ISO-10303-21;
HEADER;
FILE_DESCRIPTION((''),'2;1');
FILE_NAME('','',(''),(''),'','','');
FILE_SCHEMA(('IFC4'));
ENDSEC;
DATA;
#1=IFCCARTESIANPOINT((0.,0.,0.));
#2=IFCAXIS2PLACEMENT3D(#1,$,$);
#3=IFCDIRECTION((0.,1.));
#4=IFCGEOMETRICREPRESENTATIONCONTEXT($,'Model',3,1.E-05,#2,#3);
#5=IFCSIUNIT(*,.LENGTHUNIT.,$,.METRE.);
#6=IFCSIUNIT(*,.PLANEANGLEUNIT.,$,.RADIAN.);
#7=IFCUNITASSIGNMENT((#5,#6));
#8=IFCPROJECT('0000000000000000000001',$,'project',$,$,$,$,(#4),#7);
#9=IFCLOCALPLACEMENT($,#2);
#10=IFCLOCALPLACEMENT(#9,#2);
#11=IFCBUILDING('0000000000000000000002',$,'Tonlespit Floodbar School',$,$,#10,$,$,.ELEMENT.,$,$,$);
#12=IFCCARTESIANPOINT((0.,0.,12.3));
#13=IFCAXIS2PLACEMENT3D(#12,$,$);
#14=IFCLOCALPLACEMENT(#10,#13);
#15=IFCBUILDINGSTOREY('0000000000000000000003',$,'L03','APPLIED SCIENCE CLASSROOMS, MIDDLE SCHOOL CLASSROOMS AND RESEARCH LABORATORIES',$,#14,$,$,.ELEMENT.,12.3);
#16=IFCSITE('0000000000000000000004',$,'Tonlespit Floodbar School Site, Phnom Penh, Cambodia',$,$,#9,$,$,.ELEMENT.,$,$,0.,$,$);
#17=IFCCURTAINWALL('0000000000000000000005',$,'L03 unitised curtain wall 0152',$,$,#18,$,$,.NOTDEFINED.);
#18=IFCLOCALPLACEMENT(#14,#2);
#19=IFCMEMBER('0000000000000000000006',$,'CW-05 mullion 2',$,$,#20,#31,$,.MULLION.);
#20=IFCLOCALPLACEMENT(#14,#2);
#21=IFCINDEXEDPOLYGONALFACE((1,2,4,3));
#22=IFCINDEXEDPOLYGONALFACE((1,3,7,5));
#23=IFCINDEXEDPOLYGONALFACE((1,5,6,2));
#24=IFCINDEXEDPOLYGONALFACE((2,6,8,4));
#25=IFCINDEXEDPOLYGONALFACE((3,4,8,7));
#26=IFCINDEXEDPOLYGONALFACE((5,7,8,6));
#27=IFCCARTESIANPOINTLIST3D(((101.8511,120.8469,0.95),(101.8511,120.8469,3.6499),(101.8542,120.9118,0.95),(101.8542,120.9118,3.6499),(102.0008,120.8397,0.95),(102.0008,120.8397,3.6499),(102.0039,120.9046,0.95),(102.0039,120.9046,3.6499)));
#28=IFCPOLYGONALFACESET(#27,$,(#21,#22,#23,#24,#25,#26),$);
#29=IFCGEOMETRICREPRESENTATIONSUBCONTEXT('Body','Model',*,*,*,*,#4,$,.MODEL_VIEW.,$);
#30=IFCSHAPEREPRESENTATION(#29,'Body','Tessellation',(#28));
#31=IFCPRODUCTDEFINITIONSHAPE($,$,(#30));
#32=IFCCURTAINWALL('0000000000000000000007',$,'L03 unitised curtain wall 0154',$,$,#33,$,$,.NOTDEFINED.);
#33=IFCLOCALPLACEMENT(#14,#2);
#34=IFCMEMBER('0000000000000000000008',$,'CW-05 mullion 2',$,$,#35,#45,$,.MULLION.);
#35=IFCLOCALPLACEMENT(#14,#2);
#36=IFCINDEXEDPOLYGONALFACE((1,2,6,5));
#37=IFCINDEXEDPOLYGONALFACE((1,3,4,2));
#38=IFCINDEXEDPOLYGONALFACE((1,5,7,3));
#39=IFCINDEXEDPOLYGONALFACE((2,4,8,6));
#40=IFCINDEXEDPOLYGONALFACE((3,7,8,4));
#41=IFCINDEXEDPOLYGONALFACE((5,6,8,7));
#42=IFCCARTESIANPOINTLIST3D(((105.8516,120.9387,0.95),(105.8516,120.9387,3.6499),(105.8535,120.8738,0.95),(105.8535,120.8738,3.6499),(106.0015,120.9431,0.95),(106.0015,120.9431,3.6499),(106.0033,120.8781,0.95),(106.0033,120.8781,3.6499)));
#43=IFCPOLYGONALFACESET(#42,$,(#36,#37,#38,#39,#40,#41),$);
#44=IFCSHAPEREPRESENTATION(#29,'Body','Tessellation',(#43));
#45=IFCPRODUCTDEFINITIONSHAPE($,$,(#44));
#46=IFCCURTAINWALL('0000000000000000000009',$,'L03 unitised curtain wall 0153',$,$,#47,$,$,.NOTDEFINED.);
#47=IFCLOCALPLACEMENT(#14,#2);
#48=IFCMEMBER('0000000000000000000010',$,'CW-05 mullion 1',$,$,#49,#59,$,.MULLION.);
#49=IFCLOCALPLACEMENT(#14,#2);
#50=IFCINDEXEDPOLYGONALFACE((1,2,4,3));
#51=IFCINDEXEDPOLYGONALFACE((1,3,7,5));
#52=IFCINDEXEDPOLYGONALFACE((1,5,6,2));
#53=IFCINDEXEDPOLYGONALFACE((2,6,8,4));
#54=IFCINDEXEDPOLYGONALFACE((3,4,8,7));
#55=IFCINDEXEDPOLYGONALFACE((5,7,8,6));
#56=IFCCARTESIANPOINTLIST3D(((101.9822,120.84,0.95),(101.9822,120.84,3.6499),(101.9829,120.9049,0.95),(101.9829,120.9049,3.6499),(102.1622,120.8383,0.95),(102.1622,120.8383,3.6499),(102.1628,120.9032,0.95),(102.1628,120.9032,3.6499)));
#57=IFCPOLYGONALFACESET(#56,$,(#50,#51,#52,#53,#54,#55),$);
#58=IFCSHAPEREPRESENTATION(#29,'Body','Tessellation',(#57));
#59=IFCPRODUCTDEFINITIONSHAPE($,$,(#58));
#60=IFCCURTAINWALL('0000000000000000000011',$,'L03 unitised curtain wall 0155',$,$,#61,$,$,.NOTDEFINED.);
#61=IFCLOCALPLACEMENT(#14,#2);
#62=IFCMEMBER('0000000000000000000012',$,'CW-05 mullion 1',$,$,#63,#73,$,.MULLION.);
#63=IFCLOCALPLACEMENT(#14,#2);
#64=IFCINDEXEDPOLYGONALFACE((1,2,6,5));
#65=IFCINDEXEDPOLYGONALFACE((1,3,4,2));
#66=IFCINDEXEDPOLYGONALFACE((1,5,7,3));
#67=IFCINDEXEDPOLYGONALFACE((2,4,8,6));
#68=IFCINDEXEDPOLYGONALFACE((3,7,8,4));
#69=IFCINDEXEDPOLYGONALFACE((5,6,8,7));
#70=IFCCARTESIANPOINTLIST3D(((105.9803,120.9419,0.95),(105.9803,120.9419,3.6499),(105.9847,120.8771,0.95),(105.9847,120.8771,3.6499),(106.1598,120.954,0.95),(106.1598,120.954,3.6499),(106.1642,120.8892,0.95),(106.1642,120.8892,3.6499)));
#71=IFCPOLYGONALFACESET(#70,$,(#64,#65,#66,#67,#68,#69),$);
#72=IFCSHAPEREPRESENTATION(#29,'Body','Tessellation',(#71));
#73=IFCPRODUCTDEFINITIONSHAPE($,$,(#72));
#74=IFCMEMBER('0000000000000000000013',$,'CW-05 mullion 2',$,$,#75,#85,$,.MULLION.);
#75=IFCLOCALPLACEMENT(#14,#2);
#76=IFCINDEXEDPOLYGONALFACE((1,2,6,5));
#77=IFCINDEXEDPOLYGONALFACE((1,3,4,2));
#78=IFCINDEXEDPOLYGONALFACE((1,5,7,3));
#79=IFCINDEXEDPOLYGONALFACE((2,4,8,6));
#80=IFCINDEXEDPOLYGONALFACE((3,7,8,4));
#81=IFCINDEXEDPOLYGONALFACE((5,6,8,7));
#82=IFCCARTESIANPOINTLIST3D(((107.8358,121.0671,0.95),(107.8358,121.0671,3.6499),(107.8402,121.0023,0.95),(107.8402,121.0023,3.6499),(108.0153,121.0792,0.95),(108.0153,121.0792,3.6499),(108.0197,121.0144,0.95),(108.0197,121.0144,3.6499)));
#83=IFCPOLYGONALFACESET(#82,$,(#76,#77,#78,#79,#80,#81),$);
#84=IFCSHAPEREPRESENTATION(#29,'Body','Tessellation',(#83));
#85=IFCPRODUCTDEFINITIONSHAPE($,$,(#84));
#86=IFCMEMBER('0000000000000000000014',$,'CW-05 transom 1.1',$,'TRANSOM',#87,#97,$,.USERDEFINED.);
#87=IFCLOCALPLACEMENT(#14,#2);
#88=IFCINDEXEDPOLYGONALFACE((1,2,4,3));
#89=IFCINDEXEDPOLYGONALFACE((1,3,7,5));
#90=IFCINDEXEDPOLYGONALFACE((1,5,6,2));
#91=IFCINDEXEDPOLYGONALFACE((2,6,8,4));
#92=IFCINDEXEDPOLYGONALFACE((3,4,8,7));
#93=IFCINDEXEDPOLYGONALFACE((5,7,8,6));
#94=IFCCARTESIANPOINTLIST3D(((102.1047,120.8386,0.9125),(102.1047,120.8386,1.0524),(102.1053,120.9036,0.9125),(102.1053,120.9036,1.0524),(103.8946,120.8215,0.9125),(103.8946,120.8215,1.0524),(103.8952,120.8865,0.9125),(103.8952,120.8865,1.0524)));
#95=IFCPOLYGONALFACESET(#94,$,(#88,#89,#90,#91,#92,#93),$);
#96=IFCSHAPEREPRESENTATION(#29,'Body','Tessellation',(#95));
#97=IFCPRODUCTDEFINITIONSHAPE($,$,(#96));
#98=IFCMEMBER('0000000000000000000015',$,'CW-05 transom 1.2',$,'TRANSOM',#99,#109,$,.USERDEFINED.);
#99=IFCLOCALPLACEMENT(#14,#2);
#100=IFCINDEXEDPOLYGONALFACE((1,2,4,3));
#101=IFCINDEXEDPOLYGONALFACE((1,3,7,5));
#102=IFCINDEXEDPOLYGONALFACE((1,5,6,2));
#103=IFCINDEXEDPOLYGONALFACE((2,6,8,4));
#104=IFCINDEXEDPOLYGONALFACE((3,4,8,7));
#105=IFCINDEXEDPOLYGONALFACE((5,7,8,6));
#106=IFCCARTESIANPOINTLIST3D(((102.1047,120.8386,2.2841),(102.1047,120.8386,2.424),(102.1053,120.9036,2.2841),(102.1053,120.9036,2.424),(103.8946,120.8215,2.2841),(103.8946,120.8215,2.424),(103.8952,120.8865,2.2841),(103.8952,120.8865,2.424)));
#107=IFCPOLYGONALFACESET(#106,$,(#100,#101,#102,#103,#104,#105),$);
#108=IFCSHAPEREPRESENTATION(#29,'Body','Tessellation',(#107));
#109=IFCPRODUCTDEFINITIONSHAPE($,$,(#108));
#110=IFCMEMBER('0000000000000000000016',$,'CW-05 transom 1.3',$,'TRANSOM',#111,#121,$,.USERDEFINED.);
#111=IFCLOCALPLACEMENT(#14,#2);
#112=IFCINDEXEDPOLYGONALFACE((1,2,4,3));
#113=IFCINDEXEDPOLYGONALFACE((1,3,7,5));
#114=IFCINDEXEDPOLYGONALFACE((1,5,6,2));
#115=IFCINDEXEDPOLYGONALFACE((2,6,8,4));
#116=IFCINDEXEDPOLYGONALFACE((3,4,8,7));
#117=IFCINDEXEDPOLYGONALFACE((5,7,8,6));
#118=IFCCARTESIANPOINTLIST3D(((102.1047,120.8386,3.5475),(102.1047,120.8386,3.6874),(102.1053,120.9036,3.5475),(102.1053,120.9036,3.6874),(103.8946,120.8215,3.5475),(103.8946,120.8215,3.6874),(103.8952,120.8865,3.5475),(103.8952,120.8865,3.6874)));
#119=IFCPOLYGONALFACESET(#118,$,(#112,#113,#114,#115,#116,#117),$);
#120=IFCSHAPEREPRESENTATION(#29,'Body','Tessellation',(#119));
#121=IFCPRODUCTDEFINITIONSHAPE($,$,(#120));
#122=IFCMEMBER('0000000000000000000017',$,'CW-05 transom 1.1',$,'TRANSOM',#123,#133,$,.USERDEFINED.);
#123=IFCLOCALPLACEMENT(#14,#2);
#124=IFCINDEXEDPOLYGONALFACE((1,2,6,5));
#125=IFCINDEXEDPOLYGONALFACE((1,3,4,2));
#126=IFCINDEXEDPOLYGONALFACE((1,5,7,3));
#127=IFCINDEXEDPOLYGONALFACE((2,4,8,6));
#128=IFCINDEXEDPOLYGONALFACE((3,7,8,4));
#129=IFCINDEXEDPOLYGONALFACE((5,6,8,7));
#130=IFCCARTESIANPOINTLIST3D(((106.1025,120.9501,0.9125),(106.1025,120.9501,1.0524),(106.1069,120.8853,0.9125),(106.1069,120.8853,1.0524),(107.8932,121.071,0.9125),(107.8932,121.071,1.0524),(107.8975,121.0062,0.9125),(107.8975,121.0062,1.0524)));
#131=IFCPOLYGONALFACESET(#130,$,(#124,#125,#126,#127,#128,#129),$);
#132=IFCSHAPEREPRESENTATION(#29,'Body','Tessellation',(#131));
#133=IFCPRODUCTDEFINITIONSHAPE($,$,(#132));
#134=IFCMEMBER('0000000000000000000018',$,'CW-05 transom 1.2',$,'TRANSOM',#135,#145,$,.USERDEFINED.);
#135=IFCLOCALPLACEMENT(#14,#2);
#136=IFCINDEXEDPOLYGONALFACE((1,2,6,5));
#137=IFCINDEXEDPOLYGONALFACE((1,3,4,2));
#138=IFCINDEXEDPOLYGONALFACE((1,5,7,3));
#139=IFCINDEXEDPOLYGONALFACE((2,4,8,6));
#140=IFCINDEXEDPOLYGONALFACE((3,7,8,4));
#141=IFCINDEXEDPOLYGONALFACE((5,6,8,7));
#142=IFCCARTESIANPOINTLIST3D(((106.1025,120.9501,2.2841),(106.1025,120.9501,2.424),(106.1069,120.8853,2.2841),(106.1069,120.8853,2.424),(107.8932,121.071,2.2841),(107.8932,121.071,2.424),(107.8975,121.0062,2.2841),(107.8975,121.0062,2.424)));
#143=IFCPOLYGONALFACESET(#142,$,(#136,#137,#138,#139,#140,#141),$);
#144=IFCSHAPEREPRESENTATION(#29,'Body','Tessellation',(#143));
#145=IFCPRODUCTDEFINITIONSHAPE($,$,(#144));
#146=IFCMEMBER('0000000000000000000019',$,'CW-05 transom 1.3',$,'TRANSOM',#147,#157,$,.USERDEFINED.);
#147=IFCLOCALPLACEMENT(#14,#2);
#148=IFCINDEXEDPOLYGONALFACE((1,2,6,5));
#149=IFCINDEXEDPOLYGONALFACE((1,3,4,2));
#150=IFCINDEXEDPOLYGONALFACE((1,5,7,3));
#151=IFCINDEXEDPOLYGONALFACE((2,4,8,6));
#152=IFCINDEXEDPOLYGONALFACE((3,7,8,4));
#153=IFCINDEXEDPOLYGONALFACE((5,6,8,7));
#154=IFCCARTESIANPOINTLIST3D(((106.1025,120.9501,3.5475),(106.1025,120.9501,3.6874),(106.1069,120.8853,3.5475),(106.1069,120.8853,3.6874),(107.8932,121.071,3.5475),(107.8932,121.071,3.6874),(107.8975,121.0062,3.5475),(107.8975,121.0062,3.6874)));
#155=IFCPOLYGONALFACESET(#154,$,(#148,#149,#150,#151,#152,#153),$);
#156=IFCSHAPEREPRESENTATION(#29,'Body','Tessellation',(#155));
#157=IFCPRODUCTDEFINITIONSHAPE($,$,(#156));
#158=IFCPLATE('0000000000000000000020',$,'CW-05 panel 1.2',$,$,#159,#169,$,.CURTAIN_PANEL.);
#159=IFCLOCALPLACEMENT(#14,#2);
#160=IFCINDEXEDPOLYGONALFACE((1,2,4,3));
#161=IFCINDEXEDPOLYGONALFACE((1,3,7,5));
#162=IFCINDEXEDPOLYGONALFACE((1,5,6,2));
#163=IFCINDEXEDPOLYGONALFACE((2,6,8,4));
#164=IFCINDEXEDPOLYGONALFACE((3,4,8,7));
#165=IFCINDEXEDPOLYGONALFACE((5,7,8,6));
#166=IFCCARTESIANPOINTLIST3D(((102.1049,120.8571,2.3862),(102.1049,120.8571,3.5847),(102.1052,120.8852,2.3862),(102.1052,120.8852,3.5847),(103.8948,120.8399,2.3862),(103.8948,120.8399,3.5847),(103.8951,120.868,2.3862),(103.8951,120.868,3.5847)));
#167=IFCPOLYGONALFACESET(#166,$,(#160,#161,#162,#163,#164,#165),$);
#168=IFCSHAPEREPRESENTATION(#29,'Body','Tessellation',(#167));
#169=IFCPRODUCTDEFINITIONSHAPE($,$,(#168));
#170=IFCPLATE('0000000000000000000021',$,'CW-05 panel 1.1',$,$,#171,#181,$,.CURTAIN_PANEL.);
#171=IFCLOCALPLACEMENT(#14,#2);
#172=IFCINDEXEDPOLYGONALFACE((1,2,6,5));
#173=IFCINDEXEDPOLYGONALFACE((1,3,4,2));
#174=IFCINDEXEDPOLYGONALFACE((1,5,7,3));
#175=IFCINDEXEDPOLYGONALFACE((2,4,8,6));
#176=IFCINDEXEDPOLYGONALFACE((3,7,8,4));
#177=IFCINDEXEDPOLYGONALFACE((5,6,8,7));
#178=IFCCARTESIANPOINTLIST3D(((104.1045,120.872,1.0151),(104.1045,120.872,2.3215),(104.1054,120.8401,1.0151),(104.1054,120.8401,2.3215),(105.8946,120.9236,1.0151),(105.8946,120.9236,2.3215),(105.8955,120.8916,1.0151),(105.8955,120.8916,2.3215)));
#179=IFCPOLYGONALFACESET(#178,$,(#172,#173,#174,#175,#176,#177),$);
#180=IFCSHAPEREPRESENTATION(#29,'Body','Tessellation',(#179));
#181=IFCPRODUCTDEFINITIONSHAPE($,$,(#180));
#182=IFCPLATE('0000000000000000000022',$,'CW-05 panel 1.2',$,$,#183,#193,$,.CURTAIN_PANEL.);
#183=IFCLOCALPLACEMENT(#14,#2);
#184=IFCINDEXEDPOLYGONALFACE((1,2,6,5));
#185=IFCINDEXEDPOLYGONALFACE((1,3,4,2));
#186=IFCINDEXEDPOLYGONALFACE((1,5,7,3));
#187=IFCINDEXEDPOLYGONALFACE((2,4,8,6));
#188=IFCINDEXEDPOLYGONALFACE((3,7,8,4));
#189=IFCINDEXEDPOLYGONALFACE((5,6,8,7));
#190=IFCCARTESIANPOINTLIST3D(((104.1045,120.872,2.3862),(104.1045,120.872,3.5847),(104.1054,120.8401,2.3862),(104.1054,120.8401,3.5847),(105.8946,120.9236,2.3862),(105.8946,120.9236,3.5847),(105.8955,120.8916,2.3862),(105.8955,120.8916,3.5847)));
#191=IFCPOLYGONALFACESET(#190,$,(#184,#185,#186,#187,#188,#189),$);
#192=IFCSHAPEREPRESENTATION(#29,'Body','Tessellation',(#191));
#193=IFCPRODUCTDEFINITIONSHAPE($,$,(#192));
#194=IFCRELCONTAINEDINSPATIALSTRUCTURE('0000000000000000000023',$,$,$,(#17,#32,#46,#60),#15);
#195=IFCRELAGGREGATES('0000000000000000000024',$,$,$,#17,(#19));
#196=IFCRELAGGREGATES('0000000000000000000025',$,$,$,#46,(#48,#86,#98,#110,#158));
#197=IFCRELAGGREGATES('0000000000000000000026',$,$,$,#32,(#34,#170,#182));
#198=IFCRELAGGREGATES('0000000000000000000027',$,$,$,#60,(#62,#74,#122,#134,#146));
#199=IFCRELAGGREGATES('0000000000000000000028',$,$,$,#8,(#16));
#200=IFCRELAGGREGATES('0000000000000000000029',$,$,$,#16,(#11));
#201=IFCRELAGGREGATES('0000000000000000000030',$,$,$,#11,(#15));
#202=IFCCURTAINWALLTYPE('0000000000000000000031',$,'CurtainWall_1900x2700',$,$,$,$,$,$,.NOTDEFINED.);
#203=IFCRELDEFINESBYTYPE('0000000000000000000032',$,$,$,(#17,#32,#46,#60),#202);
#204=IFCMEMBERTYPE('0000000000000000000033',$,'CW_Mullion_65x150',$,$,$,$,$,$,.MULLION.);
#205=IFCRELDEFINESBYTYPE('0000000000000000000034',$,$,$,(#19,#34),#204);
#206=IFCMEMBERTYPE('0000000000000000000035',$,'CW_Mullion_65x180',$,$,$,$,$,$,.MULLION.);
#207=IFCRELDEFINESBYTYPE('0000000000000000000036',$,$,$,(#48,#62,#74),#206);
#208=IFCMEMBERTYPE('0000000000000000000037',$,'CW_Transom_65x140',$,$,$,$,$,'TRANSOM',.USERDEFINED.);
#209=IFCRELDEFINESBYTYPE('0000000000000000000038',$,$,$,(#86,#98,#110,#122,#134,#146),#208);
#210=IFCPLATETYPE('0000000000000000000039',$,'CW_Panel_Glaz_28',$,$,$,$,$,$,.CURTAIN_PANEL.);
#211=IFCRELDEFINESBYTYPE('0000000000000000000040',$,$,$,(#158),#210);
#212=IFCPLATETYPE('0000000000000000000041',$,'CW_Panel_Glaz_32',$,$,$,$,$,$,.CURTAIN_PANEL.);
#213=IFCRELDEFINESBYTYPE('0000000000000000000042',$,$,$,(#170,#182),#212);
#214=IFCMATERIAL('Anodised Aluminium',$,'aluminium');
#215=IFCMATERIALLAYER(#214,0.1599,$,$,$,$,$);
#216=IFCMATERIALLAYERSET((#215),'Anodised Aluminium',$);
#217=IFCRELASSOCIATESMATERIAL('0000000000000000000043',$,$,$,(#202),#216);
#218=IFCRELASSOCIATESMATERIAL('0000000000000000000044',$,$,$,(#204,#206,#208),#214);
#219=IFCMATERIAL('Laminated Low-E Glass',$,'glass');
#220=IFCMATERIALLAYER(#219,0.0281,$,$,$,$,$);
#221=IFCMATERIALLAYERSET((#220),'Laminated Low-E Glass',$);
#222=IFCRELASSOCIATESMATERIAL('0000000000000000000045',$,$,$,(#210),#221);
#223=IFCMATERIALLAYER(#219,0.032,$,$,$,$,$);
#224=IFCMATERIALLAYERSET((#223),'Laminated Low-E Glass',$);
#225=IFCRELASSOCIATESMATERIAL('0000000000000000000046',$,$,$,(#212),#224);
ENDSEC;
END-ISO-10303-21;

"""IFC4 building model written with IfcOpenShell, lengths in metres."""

from ifc_helpers import new_model, si_unit, direction, frame, origin, origin_2d, place, context, subcontext, project, spatial, rectangle, extrude, material, layer, layer_set, material_profile, profile_set, type_object, element, aggregate, save


model = new_model("IFC4")

# Units and contexts
model_context = context("Model", 3, precision=1e-05, world=origin(), true_north=direction((0.0, 1.0)))
body_context = subcontext(model_context, "Body", "Model", "MODEL_VIEW")
ifc_project = project(units=[si_unit("LENGTHUNIT", "METRE"), si_unit("PLANEANGLEUNIT", "RADIAN")], contexts=[model_context])

# Site, building, storey
site_placement = place(None, origin())
site = spatial("IfcSite", under=ifc_project, at=site_placement, Name="Tonlespit Floodbar School Site, Phnom Penh, Cambodia", CompositionType="ELEMENT", RefElevation=0.0)
building_placement = place(site_placement, origin())
building = spatial("IfcBuilding", under=site, at=building_placement, Name="Tonlespit Floodbar School", CompositionType="ELEMENT")
storey_placement = place(building_placement, frame((0.0, 0.0, 12.3)))
storey = spatial("IfcBuildingStorey", under=building, at=storey_placement, Name="L03", Description="APPLIED SCIENCE CLASSROOMS, MIDDLE SCHOOL CLASSROOMS AND RESEARCH LABORATORIES", CompositionType="ELEMENT", Elevation=12.3)

# Curtain walls, members
ifc_material_1 = material(Name="Anodised Aluminium", Category="aluminium")
ifc_layer_1 = layer(ifc_material_1, 0.1599)
ifc_layer_set_1 = layer_set([ifc_layer_1], Name="Anodised Aluminium")
curtain_wall_type = type_object("IfcCurtainWallType", Name="CurtainWall_1900x2700", PredefinedType="NOTDEFINED", material=ifc_layer_set_1)
curtain_wall_1_placement = place(storey_placement, origin())
curtain_wall_1 = element("IfcCurtainWall", 1, at=curtain_wall_1_placement, inside=storey, type_object=curtain_wall_type, Name="L03 unitised curtain wall 0152", PredefinedType="NOTDEFINED")
ifc_material_profile_1 = material_profile(ifc_material_1, rectangle(XDim=0.0649, YDim=0.1499, at=origin_2d()), Name="ALU M65x150")
ifc_profile_set_1 = profile_set([ifc_material_profile_1], Name="Anodised Aluminium")
member_type_1 = type_object("IfcMemberType", Name="CW_Mullion_65x150", PredefinedType="MULLION", material=ifc_profile_set_1)
member_1_placement = place(storey_placement, frame((101.9275, 120.8757, 0.95), z_axis=(0.0, 0.0, 1.0), x_axis=(0.048121, 0.998842, 0.0)))
member_1 = element("IfcMember", 2, at=member_1_placement, type_object=member_type_1, Name="CW-05 mullion 2", PredefinedType="MULLION", context=body_context, shape_type="SweptSolid", body=[
    extrude(rectangle(XDim=0.0649, YDim=0.1499, at=origin_2d()), origin(), (0.0, 0.0, 1.0), 2.7),
])
aggregate(curtain_wall_1, [member_1])
curtain_wall_2_placement = place(storey_placement, origin())
curtain_wall_2 = element("IfcCurtainWall", 3, at=curtain_wall_2_placement, inside=storey, type_object=curtain_wall_type, Name="L03 unitised curtain wall 0154", PredefinedType="NOTDEFINED")
member_2_placement = place(storey_placement, frame((105.9275, 120.9084, 0.95), z_axis=(0.0, 0.0, 1.0), x_axis=(-0.02879, 0.999585, 0.0)))
member_2 = element("IfcMember", 4, at=member_2_placement, type_object=member_type_1, Name="CW-05 mullion 2", PredefinedType="MULLION", context=body_context, shape_type="SweptSolid", body=[
    extrude(rectangle(XDim=0.0649, YDim=0.1499, at=origin_2d()), origin(), (0.0, 0.0, 1.0), 2.7),
])
curtain_wall_3_placement = place(storey_placement, origin())
curtain_wall_3 = element("IfcCurtainWall", 5, at=curtain_wall_3_placement, inside=storey, type_object=curtain_wall_type, Name="L03 unitised curtain wall 0153", PredefinedType="NOTDEFINED")
ifc_material_profile_2 = material_profile(ifc_material_1, rectangle(XDim=0.0649, YDim=0.1799, at=origin_2d()), Name="ALU M65x180")
ifc_profile_set_2 = profile_set([ifc_material_profile_2], Name="Anodised Aluminium")
member_type_2 = type_object("IfcMemberType", Name="CW_Mullion_65x180", PredefinedType="MULLION", material=ifc_profile_set_2)
member_3_placement = place(storey_placement, frame((102.0725, 120.8716, 0.95), z_axis=(0.0, 0.0, 1.0), x_axis=(0.009583, 0.999954, 0.0)))
member_3 = element("IfcMember", 6, at=member_3_placement, type_object=member_type_2, Name="CW-05 mullion 1", PredefinedType="MULLION", context=body_context, shape_type="SweptSolid", body=[
    extrude(rectangle(XDim=0.0649, YDim=0.1799, at=origin_2d()), origin(), (0.0, 0.0, 1.0), 2.7),
])

# Curtain wall, members
curtain_wall_4_placement = place(storey_placement, origin())
curtain_wall_4 = element("IfcCurtainWall", 7, at=curtain_wall_4_placement, inside=storey, type_object=curtain_wall_type, Name="L03 unitised curtain wall 0155", PredefinedType="NOTDEFINED")
member_4_placement = place(storey_placement, frame((106.0723, 120.9155, 0.95), z_axis=(0.0, 0.0, 1.0), x_axis=(-0.06734, 0.99773, 0.0)))
member_4 = element("IfcMember", 8, at=member_4_placement, type_object=member_type_2, Name="CW-05 mullion 1", PredefinedType="MULLION", context=body_context, shape_type="SweptSolid", body=[
    extrude(rectangle(XDim=0.0649, YDim=0.1799, at=origin_2d()), origin(), (0.0, 0.0, 1.0), 2.7),
])
member_5_placement = place(storey_placement, frame((107.9277, 121.0408, 0.95), z_axis=(0.0, 0.0, 1.0), x_axis=(-0.06734, 0.99773, 0.0)))
member_5 = element("IfcMember", 9, at=member_5_placement, type_object=member_type_2, Name="CW-05 mullion 2", PredefinedType="MULLION", context=body_context, shape_type="SweptSolid", body=[
    extrude(rectangle(XDim=0.0649, YDim=0.1799, at=origin_2d()), origin(), (0.0, 0.0, 1.0), 2.7),
])

# Members
ifc_material_profile_3 = material_profile(ifc_material_1, rectangle(XDim=0.0649, YDim=0.1399, at=origin_2d()), Name="ALU T65x140")
ifc_profile_set_3 = profile_set([ifc_material_profile_3], Name="Anodised Aluminium")
member_type_3 = type_object("IfcMemberType", Name="CW_Transom_65x140", ElementType="TRANSOM", PredefinedType="USERDEFINED", material=ifc_profile_set_3)
member_6_placement = place(storey_placement, frame((102.105, 120.8711, 0.9824), z_axis=(0.999954, -0.009547, 0.0), x_axis=(0.009547, 0.999954, 0.0)))
member_6 = element("IfcMember", 10, at=member_6_placement, type_object=member_type_3, Name="CW-05 transom 1.1", ObjectType="TRANSOM", PredefinedType="USERDEFINED", context=body_context, shape_type="SweptSolid", body=[
    extrude(rectangle(XDim=0.0649, YDim=0.1399, at=origin_2d()), origin(), (0.0, 0.0, 1.0), 1.79),
])
member_7_placement = place(storey_placement, frame((102.105, 120.8711, 2.354), z_axis=(0.999954, -0.009547, 0.0), x_axis=(0.009547, 0.999954, 0.0)))
member_7 = element("IfcMember", 11, at=member_7_placement, type_object=member_type_3, Name="CW-05 transom 1.2", ObjectType="TRANSOM", PredefinedType="USERDEFINED", context=body_context, shape_type="SweptSolid", body=[
    extrude(rectangle(XDim=0.0649, YDim=0.1399, at=origin_2d()), origin(), (0.0, 0.0, 1.0), 1.79),
])
member_8_placement = place(storey_placement, frame((102.105, 120.8711, 3.6174), z_axis=(0.999954, -0.009547, 0.0), x_axis=(0.009547, 0.999954, 0.0)))
member_8 = element("IfcMember", 12, at=member_8_placement, type_object=member_type_3, Name="CW-05 transom 1.3", ObjectType="TRANSOM", PredefinedType="USERDEFINED", context=body_context, shape_type="SweptSolid", body=[
    extrude(rectangle(XDim=0.0649, YDim=0.1399, at=origin_2d()), origin(), (0.0, 0.0, 1.0), 1.79),
])
member_9_placement = place(storey_placement, frame((106.1047, 120.9177, 0.9824), z_axis=(0.99773, 0.067341, 0.0), x_axis=(-0.067341, 0.99773, 0.0)))
member_9 = element("IfcMember", 13, at=member_9_placement, type_object=member_type_3, Name="CW-05 transom 1.1", ObjectType="TRANSOM", PredefinedType="USERDEFINED", context=body_context, shape_type="SweptSolid", body=[
    extrude(rectangle(XDim=0.0649, YDim=0.1399, at=origin_2d()), origin(), (0.0, 0.0, 1.0), 1.7947),
])
member_10_placement = place(storey_placement, frame((106.1047, 120.9177, 2.354), z_axis=(0.99773, 0.067341, 0.0), x_axis=(-0.067341, 0.99773, 0.0)))
member_10 = element("IfcMember", 14, at=member_10_placement, type_object=member_type_3, Name="CW-05 transom 1.2", ObjectType="TRANSOM", PredefinedType="USERDEFINED", context=body_context, shape_type="SweptSolid", body=[
    extrude(rectangle(XDim=0.0649, YDim=0.1399, at=origin_2d()), origin(), (0.0, 0.0, 1.0), 1.7947),
])
member_11_placement = place(storey_placement, frame((106.1047, 120.9177, 3.6174), z_axis=(0.99773, 0.067341, 0.0), x_axis=(-0.067341, 0.99773, 0.0)))
member_11 = element("IfcMember", 15, at=member_11_placement, type_object=member_type_3, Name="CW-05 transom 1.3", ObjectType="TRANSOM", PredefinedType="USERDEFINED", context=body_context, shape_type="SweptSolid", body=[
    extrude(rectangle(XDim=0.0649, YDim=0.1399, at=origin_2d()), origin(), (0.0, 0.0, 1.0), 1.7947),
])

# Plates
ifc_material_2 = material(Name="Laminated Low-E Glass", Category="glass")
ifc_layer_2 = layer(ifc_material_2, 0.0281)
ifc_layer_set_2 = layer_set([ifc_layer_2], Name="Laminated Low-E Glass")
plate_type_1 = type_object("IfcPlateType", Name="CW_Panel_Glaz_28", PredefinedType="CURTAIN_PANEL", material=ifc_layer_set_2)
plate_1_placement = place(storey_placement, frame((103.0, 120.8625, 2.3862), z_axis=(0.0, 0.0, 1.0), x_axis=(0.999954, -0.009583, 0.0)))
plate_1 = element("IfcPlate", 16, at=plate_1_placement, type_object=plate_type_1, Name="CW-05 panel 1.2", PredefinedType="CURTAIN_PANEL", context=body_context, shape_type="SweptSolid", body=[
    extrude(rectangle(XDim=1.79, YDim=0.0281, at=origin_2d()), origin(), (0.0, 0.0, 1.0), 1.1985),
])
aggregate(curtain_wall_3, [member_3, member_6, member_7, member_8, plate_1])
ifc_layer_3 = layer(ifc_material_2, 0.032)
ifc_layer_set_3 = layer_set([ifc_layer_3], Name="Laminated Low-E Glass")
plate_type_2 = type_object("IfcPlateType", Name="CW_Panel_Glaz_32", PredefinedType="CURTAIN_PANEL", material=ifc_layer_set_3)
plate_2_placement = place(storey_placement, frame((105.0, 120.8818, 1.0151), z_axis=(0.0, 0.0, 1.0), x_axis=(0.999585, 0.02879, 0.0)))
plate_2 = element("IfcPlate", 17, at=plate_2_placement, type_object=plate_type_2, Name="CW-05 panel 1.1", PredefinedType="CURTAIN_PANEL", context=body_context, shape_type="SweptSolid", body=[
    extrude(rectangle(XDim=1.7908, YDim=0.032, at=origin_2d()), origin(), (0.0, 0.0, 1.0), 1.3064),
])
plate_3_placement = place(storey_placement, frame((105.0, 120.8818, 2.3862), z_axis=(0.0, 0.0, 1.0), x_axis=(0.999585, 0.02879, 0.0)))
plate_3 = element("IfcPlate", 18, at=plate_3_placement, type_object=plate_type_2, Name="CW-05 panel 1.2", PredefinedType="CURTAIN_PANEL", context=body_context, shape_type="SweptSolid", body=[
    extrude(rectangle(XDim=1.7908, YDim=0.032, at=origin_2d()), origin(), (0.0, 0.0, 1.0), 1.1985),
])
aggregate(curtain_wall_2, [member_2, plate_2, plate_3])
aggregate(curtain_wall_4, [member_4, member_5, member_9, member_10, member_11])

save(model, "model.ifc")
